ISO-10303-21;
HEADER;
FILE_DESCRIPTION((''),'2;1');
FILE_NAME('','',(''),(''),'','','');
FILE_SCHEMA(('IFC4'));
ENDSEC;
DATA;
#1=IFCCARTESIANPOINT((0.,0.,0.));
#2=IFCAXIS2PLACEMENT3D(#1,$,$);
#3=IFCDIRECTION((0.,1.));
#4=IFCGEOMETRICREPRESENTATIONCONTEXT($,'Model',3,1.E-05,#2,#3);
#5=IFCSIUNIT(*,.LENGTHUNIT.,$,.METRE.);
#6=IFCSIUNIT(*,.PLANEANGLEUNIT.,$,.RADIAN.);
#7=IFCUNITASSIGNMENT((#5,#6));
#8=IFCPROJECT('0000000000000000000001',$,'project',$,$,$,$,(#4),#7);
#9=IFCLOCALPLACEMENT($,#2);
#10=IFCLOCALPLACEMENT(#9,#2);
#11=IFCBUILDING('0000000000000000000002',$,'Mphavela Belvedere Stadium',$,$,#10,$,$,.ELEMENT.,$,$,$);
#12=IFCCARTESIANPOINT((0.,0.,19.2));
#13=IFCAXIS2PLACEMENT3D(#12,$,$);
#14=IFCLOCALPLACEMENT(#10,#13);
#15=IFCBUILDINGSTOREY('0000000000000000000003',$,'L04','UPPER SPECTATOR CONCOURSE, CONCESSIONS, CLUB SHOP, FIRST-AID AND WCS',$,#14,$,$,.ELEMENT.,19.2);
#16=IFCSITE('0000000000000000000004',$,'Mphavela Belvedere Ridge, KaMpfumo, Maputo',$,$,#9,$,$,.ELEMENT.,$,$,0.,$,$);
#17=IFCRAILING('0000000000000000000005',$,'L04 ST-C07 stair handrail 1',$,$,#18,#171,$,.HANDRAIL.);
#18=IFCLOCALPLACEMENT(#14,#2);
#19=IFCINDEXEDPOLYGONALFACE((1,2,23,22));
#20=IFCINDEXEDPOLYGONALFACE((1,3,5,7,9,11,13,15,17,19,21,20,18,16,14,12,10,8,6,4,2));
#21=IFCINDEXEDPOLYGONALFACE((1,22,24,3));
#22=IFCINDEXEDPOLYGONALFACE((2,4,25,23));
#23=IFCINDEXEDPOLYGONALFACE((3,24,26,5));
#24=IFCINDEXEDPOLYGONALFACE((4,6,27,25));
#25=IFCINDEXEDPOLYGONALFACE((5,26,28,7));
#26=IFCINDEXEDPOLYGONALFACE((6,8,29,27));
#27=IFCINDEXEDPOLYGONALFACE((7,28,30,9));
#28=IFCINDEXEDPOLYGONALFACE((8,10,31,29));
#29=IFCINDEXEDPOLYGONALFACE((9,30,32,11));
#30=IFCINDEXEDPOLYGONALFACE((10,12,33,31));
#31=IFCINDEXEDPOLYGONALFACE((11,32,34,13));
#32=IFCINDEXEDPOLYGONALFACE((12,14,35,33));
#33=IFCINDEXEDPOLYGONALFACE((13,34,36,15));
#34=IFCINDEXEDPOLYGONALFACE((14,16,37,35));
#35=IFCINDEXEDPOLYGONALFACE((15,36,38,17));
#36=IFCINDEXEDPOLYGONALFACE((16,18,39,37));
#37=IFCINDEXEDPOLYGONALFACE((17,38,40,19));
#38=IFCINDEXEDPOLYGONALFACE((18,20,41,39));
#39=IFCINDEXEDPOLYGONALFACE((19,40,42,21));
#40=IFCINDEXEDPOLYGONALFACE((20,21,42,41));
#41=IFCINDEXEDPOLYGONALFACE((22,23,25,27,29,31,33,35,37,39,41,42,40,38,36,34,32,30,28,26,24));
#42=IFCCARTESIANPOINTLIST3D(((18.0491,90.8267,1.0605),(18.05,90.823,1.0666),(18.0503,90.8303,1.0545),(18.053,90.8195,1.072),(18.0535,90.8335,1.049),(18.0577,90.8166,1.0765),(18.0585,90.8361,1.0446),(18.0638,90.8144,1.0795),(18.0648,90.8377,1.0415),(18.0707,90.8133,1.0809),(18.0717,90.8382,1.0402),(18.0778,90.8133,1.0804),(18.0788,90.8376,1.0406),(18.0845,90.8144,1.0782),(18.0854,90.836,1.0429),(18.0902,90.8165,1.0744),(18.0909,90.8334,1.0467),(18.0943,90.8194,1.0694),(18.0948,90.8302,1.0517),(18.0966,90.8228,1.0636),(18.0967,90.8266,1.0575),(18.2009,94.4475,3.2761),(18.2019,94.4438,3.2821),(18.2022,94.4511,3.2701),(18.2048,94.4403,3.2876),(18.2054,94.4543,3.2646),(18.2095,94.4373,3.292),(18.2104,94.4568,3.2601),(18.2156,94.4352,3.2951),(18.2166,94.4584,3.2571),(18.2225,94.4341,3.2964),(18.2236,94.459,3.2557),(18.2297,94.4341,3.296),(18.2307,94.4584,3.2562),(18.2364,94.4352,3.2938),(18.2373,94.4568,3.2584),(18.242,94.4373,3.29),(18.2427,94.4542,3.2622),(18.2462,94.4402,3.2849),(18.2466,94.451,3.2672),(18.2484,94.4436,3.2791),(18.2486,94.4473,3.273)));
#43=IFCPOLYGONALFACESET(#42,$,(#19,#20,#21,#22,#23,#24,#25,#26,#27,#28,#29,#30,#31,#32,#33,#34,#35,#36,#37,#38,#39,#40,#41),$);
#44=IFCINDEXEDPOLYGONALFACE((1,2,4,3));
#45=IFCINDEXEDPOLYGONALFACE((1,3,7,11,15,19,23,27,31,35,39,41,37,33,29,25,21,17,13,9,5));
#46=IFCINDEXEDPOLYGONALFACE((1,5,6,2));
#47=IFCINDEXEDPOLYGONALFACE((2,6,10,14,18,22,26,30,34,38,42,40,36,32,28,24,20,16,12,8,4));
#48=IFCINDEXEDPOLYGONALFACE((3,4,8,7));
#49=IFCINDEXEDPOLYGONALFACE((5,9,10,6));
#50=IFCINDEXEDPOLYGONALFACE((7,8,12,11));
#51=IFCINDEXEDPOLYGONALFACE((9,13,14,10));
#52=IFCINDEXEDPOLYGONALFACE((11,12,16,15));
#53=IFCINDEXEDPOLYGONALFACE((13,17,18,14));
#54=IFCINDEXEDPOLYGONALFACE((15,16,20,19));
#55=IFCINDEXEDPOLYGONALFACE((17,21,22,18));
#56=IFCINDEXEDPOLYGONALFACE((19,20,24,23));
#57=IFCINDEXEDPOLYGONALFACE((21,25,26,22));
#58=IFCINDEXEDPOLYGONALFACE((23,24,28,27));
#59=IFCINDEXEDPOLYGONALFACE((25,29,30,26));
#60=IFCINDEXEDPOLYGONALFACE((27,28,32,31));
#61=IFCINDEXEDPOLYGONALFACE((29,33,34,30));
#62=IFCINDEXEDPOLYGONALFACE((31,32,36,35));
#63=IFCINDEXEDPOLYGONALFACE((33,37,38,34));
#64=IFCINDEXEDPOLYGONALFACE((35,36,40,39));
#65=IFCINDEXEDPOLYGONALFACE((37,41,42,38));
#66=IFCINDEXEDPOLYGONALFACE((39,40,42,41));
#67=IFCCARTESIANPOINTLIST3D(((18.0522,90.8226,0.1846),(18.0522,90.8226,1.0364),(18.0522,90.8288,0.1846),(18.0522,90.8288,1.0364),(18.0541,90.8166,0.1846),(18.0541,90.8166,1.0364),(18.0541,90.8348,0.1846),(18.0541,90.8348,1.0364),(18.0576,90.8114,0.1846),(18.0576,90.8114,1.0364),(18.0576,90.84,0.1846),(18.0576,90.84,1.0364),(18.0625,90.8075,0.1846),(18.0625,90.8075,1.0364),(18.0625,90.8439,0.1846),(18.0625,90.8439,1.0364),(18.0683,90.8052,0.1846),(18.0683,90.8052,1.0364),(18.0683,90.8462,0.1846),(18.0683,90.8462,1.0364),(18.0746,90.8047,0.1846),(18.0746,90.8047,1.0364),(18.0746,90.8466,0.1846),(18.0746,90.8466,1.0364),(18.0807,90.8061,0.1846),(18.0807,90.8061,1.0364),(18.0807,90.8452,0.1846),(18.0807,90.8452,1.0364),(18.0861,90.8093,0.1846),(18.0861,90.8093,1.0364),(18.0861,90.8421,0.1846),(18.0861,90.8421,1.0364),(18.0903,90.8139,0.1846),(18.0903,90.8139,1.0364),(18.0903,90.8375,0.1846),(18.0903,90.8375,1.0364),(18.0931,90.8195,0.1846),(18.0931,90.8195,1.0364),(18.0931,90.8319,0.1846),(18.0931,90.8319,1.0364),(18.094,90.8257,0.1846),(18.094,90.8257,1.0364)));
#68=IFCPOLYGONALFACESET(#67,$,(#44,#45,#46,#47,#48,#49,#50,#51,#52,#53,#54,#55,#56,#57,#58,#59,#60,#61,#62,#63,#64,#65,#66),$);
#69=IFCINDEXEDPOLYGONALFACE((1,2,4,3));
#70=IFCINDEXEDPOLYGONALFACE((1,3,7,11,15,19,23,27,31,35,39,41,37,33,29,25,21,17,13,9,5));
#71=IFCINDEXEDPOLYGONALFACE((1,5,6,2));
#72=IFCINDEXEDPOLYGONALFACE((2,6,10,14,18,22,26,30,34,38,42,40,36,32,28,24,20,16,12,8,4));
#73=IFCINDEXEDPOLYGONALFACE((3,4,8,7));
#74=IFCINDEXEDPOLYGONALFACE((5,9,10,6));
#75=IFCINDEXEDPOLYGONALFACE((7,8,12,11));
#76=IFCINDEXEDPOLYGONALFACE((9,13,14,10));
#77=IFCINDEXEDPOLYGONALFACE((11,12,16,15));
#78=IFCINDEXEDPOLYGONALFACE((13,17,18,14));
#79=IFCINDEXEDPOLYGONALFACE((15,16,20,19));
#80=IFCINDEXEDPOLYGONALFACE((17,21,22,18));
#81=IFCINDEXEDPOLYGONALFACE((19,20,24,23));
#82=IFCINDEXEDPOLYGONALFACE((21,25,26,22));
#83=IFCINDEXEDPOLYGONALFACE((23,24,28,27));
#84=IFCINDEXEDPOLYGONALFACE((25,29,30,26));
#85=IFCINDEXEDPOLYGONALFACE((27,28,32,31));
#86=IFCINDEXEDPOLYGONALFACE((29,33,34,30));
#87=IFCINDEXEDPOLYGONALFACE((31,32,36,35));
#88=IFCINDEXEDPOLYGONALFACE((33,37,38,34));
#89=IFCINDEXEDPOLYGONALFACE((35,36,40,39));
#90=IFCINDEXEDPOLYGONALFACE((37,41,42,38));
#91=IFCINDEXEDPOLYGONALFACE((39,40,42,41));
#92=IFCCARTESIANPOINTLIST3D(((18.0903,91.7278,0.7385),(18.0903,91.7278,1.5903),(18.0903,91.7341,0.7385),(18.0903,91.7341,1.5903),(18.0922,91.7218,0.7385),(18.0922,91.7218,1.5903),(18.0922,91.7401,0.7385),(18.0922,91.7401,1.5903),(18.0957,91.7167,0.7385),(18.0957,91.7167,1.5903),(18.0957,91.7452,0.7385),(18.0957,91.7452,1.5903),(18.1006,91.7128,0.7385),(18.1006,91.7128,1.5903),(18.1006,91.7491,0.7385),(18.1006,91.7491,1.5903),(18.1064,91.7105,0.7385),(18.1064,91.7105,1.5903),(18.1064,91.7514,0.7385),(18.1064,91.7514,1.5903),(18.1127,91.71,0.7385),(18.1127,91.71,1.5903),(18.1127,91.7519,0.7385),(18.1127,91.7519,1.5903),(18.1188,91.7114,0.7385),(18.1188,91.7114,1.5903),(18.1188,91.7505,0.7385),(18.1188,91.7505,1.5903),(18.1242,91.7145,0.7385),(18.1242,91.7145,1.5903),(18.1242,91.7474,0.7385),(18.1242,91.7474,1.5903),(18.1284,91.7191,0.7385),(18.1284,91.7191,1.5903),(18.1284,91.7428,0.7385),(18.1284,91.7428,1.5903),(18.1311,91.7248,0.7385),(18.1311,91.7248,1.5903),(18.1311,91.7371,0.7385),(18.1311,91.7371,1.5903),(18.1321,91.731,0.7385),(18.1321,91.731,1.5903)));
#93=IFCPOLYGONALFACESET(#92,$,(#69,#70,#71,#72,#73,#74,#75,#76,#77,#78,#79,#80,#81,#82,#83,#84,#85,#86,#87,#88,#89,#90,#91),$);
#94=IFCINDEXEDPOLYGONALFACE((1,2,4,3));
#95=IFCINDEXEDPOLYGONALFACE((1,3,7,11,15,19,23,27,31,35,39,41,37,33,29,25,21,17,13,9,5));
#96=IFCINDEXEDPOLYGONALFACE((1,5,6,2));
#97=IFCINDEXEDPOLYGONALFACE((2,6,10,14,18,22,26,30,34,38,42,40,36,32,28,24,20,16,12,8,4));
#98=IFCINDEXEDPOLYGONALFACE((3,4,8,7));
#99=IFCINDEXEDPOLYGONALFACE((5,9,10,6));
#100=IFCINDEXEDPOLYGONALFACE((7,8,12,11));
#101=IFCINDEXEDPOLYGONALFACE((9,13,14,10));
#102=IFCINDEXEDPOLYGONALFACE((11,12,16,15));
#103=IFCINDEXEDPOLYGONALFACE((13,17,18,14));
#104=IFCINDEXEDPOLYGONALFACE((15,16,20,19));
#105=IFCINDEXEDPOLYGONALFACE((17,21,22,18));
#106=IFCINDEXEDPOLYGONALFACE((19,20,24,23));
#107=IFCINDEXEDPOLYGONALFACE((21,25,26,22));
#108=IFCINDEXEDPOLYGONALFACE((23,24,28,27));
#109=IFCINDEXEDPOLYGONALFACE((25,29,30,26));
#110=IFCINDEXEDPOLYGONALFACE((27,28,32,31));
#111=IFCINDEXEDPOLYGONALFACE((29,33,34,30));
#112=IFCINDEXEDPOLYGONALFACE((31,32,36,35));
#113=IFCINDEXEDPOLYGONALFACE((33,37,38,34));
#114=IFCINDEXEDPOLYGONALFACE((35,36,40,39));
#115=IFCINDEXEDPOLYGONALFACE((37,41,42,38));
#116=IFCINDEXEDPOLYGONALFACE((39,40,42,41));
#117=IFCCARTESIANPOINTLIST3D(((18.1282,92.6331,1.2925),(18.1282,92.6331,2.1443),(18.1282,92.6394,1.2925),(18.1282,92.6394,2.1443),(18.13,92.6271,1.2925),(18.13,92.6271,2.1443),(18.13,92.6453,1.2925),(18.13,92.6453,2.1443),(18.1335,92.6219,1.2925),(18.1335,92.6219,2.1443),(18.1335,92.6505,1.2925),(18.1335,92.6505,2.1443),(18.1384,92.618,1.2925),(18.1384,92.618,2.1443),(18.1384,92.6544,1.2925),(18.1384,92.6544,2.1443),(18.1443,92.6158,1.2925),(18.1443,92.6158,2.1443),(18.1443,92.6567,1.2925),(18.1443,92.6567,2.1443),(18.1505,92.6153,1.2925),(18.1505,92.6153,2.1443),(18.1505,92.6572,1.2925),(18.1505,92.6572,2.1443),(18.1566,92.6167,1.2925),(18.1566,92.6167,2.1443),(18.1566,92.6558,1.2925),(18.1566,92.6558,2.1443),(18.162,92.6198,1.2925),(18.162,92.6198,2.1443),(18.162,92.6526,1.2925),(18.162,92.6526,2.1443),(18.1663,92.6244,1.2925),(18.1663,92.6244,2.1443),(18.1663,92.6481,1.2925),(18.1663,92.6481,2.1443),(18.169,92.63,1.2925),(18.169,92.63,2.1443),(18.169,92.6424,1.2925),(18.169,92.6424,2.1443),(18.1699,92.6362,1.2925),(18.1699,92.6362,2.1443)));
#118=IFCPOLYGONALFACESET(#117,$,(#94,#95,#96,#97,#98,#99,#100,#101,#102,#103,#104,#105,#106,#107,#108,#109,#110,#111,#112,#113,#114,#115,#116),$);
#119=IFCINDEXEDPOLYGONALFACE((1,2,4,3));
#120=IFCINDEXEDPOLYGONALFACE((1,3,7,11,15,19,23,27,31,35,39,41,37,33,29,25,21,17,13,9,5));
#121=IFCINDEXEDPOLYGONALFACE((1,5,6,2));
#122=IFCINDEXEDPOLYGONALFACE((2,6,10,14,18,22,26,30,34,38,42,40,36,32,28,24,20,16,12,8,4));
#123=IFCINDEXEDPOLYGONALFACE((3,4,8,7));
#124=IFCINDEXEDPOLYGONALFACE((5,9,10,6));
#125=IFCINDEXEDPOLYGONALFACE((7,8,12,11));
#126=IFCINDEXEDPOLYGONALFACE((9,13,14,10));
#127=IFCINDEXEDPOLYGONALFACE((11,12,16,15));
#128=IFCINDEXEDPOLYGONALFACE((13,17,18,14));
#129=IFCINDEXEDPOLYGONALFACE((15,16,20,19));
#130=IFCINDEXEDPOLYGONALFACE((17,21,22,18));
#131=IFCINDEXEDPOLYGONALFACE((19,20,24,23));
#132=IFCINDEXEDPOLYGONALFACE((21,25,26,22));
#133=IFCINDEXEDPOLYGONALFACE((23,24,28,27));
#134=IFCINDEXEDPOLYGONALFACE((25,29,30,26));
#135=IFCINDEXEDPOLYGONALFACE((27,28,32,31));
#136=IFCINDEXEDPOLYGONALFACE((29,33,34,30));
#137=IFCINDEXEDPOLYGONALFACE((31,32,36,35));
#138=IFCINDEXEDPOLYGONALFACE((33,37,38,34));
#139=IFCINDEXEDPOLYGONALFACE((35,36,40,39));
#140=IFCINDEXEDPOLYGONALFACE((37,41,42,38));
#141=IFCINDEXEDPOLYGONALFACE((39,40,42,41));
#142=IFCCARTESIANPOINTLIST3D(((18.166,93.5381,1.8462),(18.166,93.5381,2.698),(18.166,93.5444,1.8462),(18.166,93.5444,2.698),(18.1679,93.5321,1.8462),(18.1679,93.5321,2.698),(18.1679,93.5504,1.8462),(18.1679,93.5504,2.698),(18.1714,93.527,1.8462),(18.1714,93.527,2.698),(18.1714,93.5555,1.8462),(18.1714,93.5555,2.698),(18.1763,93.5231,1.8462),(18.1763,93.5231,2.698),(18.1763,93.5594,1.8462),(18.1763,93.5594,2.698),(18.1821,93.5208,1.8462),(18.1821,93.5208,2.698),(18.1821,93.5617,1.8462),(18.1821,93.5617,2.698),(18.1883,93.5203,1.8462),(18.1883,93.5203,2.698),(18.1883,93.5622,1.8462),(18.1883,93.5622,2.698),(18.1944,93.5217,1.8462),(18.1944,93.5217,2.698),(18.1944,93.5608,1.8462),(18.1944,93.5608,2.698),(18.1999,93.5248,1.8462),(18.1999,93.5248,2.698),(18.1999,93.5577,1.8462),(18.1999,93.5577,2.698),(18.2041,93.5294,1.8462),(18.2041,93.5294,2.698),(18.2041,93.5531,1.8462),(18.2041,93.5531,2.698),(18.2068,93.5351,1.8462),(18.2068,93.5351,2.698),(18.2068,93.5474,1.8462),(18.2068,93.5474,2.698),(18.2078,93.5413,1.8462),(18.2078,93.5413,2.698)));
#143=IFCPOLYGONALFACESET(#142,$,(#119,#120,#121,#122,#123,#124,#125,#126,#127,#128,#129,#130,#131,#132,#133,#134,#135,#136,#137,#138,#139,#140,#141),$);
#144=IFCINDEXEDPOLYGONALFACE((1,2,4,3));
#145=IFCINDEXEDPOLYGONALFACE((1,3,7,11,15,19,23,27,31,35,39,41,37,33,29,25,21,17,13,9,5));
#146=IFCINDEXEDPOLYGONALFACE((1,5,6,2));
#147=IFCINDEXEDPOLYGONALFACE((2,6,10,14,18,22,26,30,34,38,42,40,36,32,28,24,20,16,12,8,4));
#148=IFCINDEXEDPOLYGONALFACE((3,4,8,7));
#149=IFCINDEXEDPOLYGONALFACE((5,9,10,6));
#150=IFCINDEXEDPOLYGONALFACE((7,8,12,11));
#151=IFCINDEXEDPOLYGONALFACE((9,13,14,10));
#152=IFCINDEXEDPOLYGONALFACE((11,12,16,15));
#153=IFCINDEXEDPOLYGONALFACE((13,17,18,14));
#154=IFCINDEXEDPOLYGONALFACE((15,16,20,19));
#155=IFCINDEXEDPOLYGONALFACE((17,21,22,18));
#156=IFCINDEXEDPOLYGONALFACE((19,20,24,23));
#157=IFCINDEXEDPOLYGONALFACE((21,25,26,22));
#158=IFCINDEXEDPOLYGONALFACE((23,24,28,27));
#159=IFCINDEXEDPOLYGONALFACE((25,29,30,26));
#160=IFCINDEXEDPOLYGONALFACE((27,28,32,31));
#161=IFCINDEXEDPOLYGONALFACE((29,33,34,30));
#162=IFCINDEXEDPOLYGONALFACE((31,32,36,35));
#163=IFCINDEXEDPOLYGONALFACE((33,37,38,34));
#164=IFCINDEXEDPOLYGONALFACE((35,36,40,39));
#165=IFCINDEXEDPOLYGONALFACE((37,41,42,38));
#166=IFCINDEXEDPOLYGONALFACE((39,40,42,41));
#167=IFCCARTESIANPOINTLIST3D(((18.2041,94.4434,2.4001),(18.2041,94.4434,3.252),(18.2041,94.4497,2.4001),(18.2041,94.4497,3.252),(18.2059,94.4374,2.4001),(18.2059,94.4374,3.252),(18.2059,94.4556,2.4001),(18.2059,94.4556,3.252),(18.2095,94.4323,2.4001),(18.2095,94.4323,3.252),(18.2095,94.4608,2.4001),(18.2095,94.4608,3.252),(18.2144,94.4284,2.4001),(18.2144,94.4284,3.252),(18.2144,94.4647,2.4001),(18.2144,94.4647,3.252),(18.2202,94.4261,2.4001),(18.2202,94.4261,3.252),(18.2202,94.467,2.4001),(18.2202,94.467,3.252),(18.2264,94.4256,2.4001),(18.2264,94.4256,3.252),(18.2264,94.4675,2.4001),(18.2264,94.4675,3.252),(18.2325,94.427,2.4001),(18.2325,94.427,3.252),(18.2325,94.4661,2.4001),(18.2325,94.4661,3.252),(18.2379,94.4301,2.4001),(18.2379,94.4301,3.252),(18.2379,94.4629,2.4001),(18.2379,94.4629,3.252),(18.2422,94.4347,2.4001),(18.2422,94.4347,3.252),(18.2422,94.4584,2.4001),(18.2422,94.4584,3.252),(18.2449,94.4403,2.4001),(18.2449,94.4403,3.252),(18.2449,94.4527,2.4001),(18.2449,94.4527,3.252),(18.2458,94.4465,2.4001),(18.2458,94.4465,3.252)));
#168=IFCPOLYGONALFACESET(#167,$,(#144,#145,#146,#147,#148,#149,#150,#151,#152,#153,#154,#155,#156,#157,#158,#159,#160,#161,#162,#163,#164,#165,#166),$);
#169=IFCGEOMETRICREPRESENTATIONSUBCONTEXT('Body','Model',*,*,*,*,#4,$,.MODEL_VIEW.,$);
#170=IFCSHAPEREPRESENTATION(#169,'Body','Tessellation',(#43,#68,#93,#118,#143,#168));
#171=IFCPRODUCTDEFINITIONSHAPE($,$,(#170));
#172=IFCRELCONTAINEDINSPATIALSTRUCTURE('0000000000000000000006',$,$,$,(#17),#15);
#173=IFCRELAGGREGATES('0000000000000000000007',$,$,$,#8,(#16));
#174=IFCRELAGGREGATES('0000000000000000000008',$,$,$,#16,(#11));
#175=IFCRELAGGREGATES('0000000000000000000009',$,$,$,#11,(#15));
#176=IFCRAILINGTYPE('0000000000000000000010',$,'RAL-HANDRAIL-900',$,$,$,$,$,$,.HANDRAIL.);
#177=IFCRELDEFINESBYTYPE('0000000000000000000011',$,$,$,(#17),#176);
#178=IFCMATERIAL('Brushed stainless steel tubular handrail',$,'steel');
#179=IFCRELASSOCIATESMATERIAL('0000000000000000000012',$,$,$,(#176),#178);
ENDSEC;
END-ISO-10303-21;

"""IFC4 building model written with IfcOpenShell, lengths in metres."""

from ifc_helpers import new_model, si_unit, direction, frame, origin, origin_2d, place, context, subcontext, project, spatial, circle, extrude, material, type_object, element, save


model = new_model("IFC4")

# Units and contexts
model_context = context("Model", 3, precision=1e-05, world=origin(), true_north=direction((0.0, 1.0)))
body_context = subcontext(model_context, "Body", "Model", "MODEL_VIEW")
ifc_project = project(units=[si_unit("LENGTHUNIT", "METRE"), si_unit("PLANEANGLEUNIT", "RADIAN")], contexts=[model_context])

# Site, building, storey
site_placement = place(None, origin())
site = spatial("IfcSite", under=ifc_project, at=site_placement, Name="Mphavela Belvedere Ridge, KaMpfumo, Maputo", CompositionType="ELEMENT", RefElevation=0.0)
building_placement = place(site_placement, origin())
building = spatial("IfcBuilding", under=site, at=building_placement, Name="Mphavela Belvedere Stadium", CompositionType="ELEMENT")
storey_placement = place(building_placement, frame((0.0, 0.0, 19.2)))
storey = spatial("IfcBuildingStorey", under=building, at=storey_placement, Name="L04", Description="UPPER SPECTATOR CONCOURSE, CONCESSIONS, CLUB SHOP, FIRST-AID AND WCS", CompositionType="ELEMENT", Elevation=19.2)

# Railing
ifc_material_1 = material(Name="Brushed stainless steel tubular handrail", Category="steel")
railing_type_1 = type_object("IfcRailingType", Name="RAL-HANDRAIL-900", PredefinedType="HANDRAIL", material=ifc_material_1)
railing_1_placement = place(storey_placement, frame((18.073, 90.8257, 0.1846)))
element("IfcRailing", 1, at=railing_1_placement, inside=storey, type_object=railing_type_1, Name="L04 ST-C07 stair handrail 1", PredefinedType="HANDRAIL", context=body_context, shape_type="SweptSolid", body=[
    extrude(circle(Radius=0.0239, at=origin_2d()), frame((0.0, 0.0, 0.876), z_axis=(0.035751, 0.852439, 0.521602), x_axis=(-0.999122, 0.041902, 0.0)), (0.0, 0.0, 1.0), 4.2476),
    extrude(circle(Radius=0.021, at=origin_2d()), origin(), (0.0, 0.0, 1.0), 0.8518),
    extrude(circle(Radius=0.021, at=origin_2d()), frame((0.0381, 0.9053, 0.554)), (0.0, 0.0, 1.0), 0.8518),
    extrude(circle(Radius=0.021, at=origin_2d()), frame((0.0759, 1.8105, 1.1079)), (0.0, 0.0, 1.0), 0.8518),
    extrude(circle(Radius=0.021, at=origin_2d()), frame((0.1138, 2.7156, 1.6616)), (0.0, 0.0, 1.0), 0.8518),
    extrude(circle(Radius=0.021, at=origin_2d()), frame((0.1519, 3.6208, 2.2156)), (0.0, 0.0, 1.0), 0.8518),
])

save(model, "model.ifc")
